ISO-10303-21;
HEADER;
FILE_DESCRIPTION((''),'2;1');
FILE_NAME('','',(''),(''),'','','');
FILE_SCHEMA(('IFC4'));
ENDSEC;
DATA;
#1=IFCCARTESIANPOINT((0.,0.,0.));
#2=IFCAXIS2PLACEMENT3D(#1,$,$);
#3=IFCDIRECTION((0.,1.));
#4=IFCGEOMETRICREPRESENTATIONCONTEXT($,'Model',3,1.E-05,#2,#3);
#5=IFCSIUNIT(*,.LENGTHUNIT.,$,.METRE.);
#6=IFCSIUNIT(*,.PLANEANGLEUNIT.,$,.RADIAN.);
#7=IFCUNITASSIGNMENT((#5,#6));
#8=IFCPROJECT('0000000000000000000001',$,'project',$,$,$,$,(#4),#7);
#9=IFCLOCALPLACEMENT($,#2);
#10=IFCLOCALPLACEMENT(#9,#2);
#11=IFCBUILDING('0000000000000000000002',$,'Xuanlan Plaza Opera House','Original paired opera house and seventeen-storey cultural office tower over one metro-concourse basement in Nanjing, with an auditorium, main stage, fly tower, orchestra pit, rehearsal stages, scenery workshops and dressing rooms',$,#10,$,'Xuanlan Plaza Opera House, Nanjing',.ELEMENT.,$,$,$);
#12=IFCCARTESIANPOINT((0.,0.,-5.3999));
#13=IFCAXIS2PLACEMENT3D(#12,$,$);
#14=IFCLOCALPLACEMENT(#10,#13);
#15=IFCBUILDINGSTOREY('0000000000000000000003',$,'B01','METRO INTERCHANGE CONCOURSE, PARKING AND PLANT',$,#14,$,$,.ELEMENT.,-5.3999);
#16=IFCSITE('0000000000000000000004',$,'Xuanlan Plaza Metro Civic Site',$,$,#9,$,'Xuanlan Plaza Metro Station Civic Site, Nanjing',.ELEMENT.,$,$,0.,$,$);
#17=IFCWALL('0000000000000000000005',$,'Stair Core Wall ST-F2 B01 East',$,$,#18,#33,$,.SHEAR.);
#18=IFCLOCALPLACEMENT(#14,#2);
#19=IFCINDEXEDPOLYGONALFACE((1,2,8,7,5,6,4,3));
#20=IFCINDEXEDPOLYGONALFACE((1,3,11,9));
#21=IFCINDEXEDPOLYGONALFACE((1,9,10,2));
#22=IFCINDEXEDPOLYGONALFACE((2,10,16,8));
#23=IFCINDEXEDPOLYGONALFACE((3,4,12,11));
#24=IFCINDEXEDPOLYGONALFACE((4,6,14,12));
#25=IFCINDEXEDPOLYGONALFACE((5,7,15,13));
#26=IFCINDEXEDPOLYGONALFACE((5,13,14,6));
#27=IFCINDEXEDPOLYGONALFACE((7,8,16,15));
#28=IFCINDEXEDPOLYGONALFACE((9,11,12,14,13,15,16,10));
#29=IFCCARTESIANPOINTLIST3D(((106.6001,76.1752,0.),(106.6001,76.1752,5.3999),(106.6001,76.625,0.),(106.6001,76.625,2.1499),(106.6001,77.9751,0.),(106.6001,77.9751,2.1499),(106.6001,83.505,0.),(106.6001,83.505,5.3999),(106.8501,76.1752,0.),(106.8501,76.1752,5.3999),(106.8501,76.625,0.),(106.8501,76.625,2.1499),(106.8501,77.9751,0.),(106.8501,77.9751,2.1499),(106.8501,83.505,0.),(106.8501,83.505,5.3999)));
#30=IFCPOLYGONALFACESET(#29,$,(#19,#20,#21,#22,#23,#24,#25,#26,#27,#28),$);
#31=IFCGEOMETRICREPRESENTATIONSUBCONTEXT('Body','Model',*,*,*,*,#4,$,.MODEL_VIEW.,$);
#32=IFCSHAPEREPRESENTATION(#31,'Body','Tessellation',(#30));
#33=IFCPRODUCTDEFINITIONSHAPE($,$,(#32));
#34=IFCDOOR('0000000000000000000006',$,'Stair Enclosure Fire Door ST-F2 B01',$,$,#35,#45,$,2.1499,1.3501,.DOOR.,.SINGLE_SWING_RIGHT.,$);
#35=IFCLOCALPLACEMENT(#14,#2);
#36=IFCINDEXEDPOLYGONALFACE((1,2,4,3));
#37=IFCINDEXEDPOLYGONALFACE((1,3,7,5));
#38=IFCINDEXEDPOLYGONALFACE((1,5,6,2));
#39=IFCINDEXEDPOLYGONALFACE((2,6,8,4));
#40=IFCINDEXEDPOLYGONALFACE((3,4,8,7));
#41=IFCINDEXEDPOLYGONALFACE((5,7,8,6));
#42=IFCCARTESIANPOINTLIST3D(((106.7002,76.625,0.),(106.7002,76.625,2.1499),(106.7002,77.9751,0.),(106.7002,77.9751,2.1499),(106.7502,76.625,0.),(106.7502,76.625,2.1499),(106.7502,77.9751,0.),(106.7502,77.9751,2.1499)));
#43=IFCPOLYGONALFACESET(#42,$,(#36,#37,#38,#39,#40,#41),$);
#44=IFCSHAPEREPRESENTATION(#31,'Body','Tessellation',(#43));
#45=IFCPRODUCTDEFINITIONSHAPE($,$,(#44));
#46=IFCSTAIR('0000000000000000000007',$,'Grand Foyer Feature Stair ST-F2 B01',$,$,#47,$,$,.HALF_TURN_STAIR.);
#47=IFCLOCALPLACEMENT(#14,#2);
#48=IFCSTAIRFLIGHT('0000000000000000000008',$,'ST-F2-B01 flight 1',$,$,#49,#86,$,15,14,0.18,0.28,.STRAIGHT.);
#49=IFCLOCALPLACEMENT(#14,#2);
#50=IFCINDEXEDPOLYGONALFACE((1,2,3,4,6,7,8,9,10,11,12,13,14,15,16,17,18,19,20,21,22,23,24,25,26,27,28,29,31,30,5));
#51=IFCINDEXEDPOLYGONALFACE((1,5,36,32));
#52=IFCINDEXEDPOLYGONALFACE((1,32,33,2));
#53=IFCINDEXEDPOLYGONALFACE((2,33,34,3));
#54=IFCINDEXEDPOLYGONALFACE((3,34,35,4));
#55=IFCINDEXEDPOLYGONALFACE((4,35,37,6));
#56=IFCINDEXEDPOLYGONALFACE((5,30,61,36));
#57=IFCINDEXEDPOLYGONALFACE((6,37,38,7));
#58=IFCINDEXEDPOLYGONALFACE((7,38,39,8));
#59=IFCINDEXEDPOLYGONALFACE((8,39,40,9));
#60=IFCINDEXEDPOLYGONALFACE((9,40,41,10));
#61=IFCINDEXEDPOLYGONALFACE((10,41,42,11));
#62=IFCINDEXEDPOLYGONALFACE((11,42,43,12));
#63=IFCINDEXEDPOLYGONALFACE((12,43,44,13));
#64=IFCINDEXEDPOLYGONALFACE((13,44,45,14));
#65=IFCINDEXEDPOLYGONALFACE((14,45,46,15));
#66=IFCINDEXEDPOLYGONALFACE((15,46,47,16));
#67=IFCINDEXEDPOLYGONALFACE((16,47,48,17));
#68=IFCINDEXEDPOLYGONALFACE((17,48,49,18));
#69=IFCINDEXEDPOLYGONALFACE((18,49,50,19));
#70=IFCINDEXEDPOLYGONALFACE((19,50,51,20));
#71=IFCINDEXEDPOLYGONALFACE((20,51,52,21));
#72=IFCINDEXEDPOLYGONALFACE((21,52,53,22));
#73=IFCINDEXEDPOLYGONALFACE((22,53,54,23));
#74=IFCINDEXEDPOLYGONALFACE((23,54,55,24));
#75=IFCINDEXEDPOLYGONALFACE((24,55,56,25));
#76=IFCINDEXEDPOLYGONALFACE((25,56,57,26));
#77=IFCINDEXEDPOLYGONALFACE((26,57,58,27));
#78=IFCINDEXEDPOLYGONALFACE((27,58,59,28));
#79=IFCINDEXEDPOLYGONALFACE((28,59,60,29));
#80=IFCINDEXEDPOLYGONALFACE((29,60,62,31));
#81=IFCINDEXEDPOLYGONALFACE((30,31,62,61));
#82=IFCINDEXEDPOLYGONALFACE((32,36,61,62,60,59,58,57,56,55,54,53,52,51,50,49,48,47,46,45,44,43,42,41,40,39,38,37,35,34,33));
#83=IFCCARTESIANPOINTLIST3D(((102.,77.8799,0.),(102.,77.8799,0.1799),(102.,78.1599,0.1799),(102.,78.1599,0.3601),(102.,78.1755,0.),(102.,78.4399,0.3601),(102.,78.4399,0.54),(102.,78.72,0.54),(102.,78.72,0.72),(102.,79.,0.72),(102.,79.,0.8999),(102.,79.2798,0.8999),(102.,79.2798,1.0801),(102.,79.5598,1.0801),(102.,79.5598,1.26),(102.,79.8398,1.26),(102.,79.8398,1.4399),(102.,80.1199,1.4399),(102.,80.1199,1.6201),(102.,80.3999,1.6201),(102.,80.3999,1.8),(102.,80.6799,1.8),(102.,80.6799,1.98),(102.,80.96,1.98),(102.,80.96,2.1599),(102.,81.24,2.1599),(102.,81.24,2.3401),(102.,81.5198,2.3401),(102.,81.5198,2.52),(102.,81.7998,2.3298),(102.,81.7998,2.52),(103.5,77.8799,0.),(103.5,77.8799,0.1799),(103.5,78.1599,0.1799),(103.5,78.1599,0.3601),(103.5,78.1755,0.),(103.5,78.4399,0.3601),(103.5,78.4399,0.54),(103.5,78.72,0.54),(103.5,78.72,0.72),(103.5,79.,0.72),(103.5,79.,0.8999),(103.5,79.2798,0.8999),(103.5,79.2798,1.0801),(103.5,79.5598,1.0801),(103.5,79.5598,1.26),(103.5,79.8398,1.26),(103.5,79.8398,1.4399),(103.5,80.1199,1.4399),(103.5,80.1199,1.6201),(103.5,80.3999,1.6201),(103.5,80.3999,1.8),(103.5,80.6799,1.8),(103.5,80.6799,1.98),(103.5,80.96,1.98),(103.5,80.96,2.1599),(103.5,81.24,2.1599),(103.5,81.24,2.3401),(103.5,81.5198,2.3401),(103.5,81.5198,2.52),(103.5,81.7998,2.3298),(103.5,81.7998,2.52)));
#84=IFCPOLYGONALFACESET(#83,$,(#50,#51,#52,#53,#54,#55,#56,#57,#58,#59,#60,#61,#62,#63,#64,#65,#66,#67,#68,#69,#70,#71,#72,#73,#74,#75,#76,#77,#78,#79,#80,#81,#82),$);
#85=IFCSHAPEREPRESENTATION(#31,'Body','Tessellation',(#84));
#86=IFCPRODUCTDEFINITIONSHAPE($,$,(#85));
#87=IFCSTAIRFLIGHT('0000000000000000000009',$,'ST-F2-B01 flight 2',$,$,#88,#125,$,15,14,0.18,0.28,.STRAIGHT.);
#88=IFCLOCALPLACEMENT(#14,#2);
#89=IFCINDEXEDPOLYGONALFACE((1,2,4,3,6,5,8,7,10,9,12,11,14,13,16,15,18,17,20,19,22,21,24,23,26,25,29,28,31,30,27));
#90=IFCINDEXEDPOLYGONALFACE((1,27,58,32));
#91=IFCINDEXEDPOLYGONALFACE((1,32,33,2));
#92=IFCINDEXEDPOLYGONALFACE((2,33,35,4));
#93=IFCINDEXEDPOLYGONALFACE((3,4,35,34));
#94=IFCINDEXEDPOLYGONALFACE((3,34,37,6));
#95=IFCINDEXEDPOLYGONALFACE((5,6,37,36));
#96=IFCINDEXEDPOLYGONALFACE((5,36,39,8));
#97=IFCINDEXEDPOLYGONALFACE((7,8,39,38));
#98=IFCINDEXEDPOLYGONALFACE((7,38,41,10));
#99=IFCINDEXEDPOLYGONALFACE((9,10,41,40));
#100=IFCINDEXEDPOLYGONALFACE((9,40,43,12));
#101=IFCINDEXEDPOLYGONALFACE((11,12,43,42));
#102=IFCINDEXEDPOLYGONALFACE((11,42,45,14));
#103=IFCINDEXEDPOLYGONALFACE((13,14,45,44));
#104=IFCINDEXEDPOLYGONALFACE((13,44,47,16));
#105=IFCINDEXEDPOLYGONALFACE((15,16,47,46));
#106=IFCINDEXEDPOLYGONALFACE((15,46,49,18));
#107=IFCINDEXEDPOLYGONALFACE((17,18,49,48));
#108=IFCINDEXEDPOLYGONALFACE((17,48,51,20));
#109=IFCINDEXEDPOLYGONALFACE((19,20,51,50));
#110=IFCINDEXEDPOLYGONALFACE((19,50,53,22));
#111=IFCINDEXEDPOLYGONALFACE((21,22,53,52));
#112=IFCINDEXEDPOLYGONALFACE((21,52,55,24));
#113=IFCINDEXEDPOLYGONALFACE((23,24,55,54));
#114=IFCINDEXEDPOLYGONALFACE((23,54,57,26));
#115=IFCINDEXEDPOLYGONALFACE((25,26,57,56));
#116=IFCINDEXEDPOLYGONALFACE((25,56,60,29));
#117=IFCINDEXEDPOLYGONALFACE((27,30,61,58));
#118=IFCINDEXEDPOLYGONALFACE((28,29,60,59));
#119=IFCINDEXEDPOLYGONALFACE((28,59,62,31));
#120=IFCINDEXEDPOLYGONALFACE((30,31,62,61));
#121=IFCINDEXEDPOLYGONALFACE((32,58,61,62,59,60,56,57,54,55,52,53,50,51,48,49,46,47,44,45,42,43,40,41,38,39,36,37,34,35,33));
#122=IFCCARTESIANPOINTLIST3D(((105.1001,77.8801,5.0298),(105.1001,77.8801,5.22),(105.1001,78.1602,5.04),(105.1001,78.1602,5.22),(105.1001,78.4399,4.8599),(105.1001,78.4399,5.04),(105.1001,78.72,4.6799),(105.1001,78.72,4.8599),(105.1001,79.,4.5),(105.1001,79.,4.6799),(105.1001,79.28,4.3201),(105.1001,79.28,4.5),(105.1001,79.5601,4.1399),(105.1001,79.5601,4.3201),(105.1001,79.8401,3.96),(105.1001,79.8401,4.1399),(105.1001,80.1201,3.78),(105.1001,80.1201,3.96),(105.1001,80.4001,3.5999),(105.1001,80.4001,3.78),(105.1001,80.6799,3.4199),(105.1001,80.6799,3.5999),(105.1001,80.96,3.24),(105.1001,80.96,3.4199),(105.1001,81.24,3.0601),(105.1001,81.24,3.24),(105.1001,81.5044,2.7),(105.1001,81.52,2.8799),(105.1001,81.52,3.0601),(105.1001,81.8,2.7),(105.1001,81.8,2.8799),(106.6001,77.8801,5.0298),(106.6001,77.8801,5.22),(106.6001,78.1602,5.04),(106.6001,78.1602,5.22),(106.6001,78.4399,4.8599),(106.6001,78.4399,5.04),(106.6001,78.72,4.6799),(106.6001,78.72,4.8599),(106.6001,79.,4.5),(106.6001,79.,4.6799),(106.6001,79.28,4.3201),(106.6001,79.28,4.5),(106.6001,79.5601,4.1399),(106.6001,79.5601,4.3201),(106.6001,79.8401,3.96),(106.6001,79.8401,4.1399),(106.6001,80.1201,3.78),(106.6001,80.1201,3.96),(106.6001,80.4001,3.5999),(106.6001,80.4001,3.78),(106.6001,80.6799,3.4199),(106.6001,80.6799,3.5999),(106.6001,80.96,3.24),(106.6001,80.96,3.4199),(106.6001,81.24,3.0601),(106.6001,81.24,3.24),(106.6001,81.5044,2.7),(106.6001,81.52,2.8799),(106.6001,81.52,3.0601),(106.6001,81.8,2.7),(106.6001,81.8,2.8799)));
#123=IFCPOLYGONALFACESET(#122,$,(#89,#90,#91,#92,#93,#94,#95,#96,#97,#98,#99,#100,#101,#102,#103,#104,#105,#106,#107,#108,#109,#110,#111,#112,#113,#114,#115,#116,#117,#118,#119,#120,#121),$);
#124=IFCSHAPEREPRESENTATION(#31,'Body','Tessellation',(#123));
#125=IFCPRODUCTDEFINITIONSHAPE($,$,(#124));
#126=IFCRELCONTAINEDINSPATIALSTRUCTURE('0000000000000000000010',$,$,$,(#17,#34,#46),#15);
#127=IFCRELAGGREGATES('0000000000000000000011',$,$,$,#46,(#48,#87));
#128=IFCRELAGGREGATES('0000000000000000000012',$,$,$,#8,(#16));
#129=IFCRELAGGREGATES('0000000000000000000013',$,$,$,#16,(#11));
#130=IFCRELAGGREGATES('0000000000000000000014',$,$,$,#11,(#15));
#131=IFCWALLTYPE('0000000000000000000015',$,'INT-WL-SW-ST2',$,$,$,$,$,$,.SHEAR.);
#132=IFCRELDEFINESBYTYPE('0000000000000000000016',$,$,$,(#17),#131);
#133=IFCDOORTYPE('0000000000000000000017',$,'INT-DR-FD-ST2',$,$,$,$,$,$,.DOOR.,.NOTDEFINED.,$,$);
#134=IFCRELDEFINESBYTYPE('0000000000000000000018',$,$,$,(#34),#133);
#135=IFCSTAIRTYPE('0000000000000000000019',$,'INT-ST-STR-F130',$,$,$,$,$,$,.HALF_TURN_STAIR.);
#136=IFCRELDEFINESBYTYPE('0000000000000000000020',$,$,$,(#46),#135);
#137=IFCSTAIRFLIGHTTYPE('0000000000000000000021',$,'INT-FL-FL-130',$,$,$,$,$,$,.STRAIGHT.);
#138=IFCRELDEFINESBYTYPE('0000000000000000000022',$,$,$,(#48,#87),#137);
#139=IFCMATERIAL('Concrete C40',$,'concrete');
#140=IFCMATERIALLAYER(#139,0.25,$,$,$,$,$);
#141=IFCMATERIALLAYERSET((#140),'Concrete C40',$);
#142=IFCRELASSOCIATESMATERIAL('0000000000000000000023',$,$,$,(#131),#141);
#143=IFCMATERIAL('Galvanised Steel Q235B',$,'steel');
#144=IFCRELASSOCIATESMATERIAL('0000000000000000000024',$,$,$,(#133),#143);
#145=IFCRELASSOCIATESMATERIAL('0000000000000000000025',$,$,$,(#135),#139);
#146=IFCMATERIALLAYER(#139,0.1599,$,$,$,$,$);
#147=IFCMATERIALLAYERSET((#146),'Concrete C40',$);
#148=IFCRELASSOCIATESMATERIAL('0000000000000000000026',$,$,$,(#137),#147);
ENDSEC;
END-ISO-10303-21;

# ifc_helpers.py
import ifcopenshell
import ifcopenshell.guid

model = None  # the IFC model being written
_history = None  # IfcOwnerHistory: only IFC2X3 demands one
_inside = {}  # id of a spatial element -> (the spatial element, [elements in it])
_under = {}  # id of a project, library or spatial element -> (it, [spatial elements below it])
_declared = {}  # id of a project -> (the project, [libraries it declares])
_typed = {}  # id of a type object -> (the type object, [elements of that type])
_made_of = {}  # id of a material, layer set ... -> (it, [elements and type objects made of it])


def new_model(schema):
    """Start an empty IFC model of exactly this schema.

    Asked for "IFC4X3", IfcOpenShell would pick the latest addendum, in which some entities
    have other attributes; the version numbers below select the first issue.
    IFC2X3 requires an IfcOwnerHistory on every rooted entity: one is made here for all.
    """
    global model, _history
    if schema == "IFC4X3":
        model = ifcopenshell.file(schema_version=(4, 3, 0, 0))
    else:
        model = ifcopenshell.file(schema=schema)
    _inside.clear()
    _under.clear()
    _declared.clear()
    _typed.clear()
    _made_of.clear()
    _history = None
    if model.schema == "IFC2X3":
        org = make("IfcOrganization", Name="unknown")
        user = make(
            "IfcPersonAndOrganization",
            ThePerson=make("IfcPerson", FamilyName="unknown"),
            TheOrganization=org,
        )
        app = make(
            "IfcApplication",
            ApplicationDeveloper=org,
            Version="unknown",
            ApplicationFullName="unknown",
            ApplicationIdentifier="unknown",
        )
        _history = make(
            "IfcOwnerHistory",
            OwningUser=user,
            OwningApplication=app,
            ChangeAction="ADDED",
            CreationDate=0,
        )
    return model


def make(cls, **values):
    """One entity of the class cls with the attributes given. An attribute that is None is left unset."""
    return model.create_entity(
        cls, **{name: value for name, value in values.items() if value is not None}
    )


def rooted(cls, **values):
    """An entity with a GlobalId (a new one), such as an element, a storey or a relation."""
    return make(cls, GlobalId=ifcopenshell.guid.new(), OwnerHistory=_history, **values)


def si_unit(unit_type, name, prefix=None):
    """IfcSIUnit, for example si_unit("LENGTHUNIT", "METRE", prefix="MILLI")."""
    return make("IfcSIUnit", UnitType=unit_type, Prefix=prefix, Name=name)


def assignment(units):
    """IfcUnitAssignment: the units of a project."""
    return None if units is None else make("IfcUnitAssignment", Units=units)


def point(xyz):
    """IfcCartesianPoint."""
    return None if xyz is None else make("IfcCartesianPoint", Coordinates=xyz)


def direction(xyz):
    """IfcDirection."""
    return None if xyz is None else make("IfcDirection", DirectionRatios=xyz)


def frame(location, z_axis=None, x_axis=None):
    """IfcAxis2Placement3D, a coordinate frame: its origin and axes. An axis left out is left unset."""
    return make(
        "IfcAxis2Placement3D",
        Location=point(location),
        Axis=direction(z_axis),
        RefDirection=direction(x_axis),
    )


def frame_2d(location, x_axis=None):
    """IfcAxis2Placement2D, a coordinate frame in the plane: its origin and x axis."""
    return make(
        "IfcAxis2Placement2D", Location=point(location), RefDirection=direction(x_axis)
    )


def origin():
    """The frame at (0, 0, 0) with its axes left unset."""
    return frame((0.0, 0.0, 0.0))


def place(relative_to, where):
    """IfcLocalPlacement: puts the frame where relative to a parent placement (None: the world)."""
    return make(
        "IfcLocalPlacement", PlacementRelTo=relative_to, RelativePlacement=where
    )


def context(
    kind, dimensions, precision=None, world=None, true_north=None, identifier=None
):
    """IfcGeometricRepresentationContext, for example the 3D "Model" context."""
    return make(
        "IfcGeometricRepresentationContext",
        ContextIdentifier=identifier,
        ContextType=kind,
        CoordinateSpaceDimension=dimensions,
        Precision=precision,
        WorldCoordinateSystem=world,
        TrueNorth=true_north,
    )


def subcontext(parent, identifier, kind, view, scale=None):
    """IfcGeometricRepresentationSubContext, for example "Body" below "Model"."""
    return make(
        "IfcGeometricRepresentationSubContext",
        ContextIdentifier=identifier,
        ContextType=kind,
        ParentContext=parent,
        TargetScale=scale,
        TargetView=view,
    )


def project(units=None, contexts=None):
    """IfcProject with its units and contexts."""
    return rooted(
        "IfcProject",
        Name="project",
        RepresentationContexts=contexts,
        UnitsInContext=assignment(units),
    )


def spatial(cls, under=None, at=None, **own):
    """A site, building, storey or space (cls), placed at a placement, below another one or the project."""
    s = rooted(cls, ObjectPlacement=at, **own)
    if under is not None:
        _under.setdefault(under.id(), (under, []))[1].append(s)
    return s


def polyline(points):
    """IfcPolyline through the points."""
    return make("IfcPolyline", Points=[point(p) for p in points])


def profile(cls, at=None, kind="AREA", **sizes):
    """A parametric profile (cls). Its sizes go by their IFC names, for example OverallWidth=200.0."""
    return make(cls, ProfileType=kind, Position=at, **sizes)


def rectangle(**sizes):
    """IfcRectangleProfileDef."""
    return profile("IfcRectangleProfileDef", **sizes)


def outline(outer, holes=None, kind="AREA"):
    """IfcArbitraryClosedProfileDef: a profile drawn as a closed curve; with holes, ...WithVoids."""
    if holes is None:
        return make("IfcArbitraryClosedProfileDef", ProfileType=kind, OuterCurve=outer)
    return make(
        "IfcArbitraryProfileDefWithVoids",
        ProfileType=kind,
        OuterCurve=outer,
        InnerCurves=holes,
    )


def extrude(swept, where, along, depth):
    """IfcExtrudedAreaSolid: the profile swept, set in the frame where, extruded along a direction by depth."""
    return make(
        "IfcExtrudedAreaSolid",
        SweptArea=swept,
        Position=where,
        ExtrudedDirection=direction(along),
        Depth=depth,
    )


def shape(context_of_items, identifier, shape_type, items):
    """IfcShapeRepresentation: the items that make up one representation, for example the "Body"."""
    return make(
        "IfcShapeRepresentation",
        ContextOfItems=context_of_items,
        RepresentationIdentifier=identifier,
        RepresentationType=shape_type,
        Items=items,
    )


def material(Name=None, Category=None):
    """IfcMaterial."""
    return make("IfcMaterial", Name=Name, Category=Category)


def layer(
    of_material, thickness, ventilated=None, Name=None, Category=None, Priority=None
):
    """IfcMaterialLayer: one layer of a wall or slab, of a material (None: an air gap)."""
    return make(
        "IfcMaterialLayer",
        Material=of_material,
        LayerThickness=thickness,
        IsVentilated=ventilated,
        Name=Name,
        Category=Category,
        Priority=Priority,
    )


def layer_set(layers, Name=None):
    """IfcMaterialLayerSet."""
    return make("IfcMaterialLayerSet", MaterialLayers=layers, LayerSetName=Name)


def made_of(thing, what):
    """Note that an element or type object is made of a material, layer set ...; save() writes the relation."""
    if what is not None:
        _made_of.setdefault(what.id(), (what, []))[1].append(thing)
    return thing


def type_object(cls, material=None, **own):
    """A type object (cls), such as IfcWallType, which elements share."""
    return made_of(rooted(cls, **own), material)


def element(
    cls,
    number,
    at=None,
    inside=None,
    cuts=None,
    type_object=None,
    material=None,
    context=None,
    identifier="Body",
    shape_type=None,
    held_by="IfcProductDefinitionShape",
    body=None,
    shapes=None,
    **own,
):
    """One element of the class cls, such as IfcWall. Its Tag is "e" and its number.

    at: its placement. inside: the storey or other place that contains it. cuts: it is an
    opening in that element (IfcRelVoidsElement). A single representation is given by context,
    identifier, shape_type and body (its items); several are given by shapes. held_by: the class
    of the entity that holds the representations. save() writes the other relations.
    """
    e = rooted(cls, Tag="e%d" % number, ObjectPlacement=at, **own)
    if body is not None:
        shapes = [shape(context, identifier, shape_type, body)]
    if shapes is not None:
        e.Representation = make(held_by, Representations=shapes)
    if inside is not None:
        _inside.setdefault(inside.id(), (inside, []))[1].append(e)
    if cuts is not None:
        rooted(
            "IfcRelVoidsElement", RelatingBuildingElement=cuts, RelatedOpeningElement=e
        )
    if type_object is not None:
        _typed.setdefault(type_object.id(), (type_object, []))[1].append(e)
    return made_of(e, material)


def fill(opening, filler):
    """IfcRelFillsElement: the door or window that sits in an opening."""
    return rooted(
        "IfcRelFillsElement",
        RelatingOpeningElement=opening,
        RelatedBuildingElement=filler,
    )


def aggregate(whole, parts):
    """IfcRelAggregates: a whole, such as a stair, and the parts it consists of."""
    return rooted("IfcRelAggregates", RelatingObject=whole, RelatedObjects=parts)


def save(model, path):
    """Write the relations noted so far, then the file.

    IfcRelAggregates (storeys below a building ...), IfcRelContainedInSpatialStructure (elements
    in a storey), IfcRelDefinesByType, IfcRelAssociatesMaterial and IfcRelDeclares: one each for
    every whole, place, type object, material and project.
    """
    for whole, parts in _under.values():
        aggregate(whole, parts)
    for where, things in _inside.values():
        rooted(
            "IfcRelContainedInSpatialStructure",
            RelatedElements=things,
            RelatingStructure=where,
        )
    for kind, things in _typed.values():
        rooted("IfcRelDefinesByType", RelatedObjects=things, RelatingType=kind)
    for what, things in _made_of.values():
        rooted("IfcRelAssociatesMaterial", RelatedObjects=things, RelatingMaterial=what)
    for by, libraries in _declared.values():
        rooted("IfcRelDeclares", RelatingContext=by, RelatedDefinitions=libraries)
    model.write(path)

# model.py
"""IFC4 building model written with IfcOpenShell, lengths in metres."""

from ifc_helpers import new_model, si_unit, direction, frame, frame_2d, origin, place, context, subcontext, project, spatial, polyline, rectangle, outline, extrude, material, layer, layer_set, type_object, element, fill, aggregate, save


model = new_model("IFC4")

# Units and contexts
model_context = context("Model", 3, precision=1e-05, world=origin(), true_north=direction((0.0, 1.0)))
body_context = subcontext(model_context, "Body", "Model", "MODEL_VIEW")
ifc_project = project(units=[si_unit("LENGTHUNIT", "METRE"), si_unit("PLANEANGLEUNIT", "RADIAN")], contexts=[model_context])

# Site, building, storey
site_placement = place(None, origin())
site = spatial("IfcSite", under=ifc_project, at=site_placement, Name="Xuanlan Plaza Metro Civic Site", LongName="Xuanlan Plaza Metro Station Civic Site, Nanjing", CompositionType="ELEMENT", RefElevation=0.0)
building_placement = place(site_placement, origin())
building = spatial("IfcBuilding", under=site, at=building_placement, Name="Xuanlan Plaza Opera House", Description="Original paired opera house and seventeen-storey cultural office tower over one metro-concourse basement in Nanjing, with an auditorium, main stage, fly tower, orchestra pit, rehearsal stages, scenery workshops and dressing rooms", LongName="Xuanlan Plaza Opera House, Nanjing", CompositionType="ELEMENT")
storey_placement = place(building_placement, frame((0.0, 0.0, -5.3999)))
storey = spatial("IfcBuildingStorey", under=building, at=storey_placement, Name="B01", Description="METRO INTERCHANGE CONCOURSE, PARKING AND PLANT", CompositionType="ELEMENT", Elevation=-5.3999)

# Shared definitions
ifc_material_1 = material(Name="Concrete C40", Category="concrete")

# Wall, opening, door
ifc_layer_1 = layer(ifc_material_1, 0.25)
ifc_layer_set_1 = layer_set([ifc_layer_1], Name="Concrete C40")
wall_type_1 = type_object("IfcWallType", Name="INT-WL-SW-ST2", PredefinedType="SHEAR", material=ifc_layer_set_1)
wall_1_placement = place(storey_placement, frame((106.7251, 76.175, 0.0), z_axis=(0.0, 0.0, 1.0), x_axis=(0.0, 1.0, 0.0)))
wall_1 = element("IfcWall", 1, at=wall_1_placement, inside=storey, type_object=wall_type_1, Name="Stair Core Wall ST-F2 B01 East", PredefinedType="SHEAR", context=body_context, shape_type="SweptSolid", body=[
    extrude(rectangle(XDim=7.3298, YDim=0.25, at=frame_2d((3.665, 0.0))), origin(), (0.0, 0.0, 1.0), 5.3999),
])
opening_placement = place(wall_1_placement, frame((0.45, 0.0, 0.0)))
opening = element("IfcOpeningElement", 2, at=opening_placement, cuts=wall_1, PredefinedType="OPENING", context=body_context, shape_type="SweptSolid", body=[
    extrude(rectangle(XDim=1.3501, YDim=2.1499, at=frame_2d((0.675, 1.075))), frame((0.0, 0.135, 0.0), z_axis=(0.0, -1.0, 0.0), x_axis=(1.0, 0.0, 0.0)), (0.0, 0.0, 1.0), 0.27),
])
ifc_material_2 = material(Name="Galvanised Steel Q235B", Category="steel")
door_type = type_object("IfcDoorType", Name="INT-DR-FD-ST2", OperationType="NOTDEFINED", PredefinedType="DOOR", material=ifc_material_2)
door_placement = place(opening_placement, origin())
door = element("IfcDoor", 3, at=door_placement, inside=storey, type_object=door_type, Name="Stair Enclosure Fire Door ST-F2 B01", OperationType="SINGLE_SWING_RIGHT", OverallHeight=2.1499, OverallWidth=1.3501, PredefinedType="DOOR", context=body_context, shape_type="SweptSolid", body=[
    extrude(rectangle(XDim=1.3501, YDim=2.1499, at=frame_2d((0.675, 1.075))), frame((0.0, 0.0249, 0.0), z_axis=(0.0, -1.0, 0.0), x_axis=(1.0, 0.0, 0.0)), (0.0, 0.0, 1.0), 0.05),
])
fill(opening, door)

# Stair, stair flights
stair_type = type_object("IfcStairType", Name="INT-ST-STR-F130", PredefinedType="HALF_TURN_STAIR", material=ifc_material_1)
stair_placement = place(storey_placement, origin())
stair = element("IfcStair", 4, at=stair_placement, inside=storey, type_object=stair_type, Name="Grand Foyer Feature Stair ST-F2 B01", PredefinedType="HALF_TURN_STAIR")
ifc_layer_2 = layer(ifc_material_1, 0.1599)
ifc_layer_set_2 = layer_set([ifc_layer_2], Name="Concrete C40")
stair_flight_type = type_object("IfcStairFlightType", Name="INT-FL-FL-130", PredefinedType="STRAIGHT", material=ifc_layer_set_2)
stair_flight_1_placement = place(storey_placement, frame((102.75, 77.8799, 0.0), z_axis=(0.0, 0.0, 1.0), x_axis=(0.0, 1.0, 0.0)))
stair_flight_1 = element("IfcStairFlight", 5, at=stair_flight_1_placement, type_object=stair_flight_type, Name="ST-F2-B01 flight 1", NumberOfRisers=15, NumberOfTreads=14, PredefinedType="STRAIGHT", RiserHeight=0.18, TreadLength=0.28, context=body_context, shape_type="SweptSolid", body=[
    extrude(outline(polyline([(0.0, 0.0), (0.0, 0.1799), (0.28, 0.1799), (0.28, 0.3601), (0.5601, 0.3601), (0.5601, 0.54), (0.8401, 0.54), (0.8401, 0.72), (1.1201, 0.72), (1.1201, 0.8999), (1.3999, 0.8999), (1.3999, 1.0801), (1.6799, 1.0801), (1.6799, 1.26), (1.96, 1.26), (1.96, 1.4399), (2.24, 1.4399), (2.24, 1.6201), (2.52, 1.6201), (2.52, 1.8), (2.8, 1.8), (2.8, 1.98), (3.0801, 1.98), (3.0801, 2.1599), (3.3601, 2.1599), (3.3601, 2.3401), (3.6399, 2.3401), (3.6399, 2.52), (3.9199, 2.52), (3.9199, 2.7), (3.9199, 2.3298), (0.2957, 0.0), (0.0, 0.0)])), frame((0.0, 0.75, 0.0), z_axis=(0.0, -1.0, 0.0), x_axis=(1.0, 0.0, 0.0)), (0.0, 0.0, 1.0), 1.5),
])
stair_flight_2_placement = place(storey_placement, frame((105.8501, 81.8, 2.7), z_axis=(0.0, 0.0, 1.0), x_axis=(0.0, -1.0, 0.0)))
stair_flight_2 = element("IfcStairFlight", 6, at=stair_flight_2_placement, type_object=stair_flight_type, Name="ST-F2-B01 flight 2", NumberOfRisers=15, NumberOfTreads=14, PredefinedType="STRAIGHT", RiserHeight=0.18, TreadLength=0.28, context=body_context, shape_type="SweptSolid", body=[
    extrude(outline(polyline([(0.0, 0.0), (0.0, 0.1799), (0.28, 0.1799), (0.28, 0.3601), (0.5601, 0.3601), (0.5601, 0.54), (0.8401, 0.54), (0.8401, 0.72), (1.1201, 0.72), (1.1201, 0.8999), (1.3999, 0.8999), (1.3999, 1.0801), (1.6799, 1.0801), (1.6799, 1.26), (1.96, 1.26), (1.96, 1.4399), (2.24, 1.4399), (2.24, 1.6201), (2.52, 1.6201), (2.52, 1.8), (2.8, 1.8), (2.8, 1.98), (3.0801, 1.98), (3.0801, 2.1599), (3.3601, 2.1599), (3.3601, 2.3401), (3.6399, 2.3401), (3.6399, 2.52), (3.9199, 2.52), (3.9199, 2.7), (3.9199, 2.3298), (0.2957, 0.0), (0.0, 0.0)])), frame((0.0, 0.75, 0.0), z_axis=(0.0, -1.0, 0.0), x_axis=(1.0, 0.0, 0.0)), (0.0, 0.0, 1.0), 1.5),
])
aggregate(stair, [stair_flight_1, stair_flight_2])

save(model, "model.ifc")
